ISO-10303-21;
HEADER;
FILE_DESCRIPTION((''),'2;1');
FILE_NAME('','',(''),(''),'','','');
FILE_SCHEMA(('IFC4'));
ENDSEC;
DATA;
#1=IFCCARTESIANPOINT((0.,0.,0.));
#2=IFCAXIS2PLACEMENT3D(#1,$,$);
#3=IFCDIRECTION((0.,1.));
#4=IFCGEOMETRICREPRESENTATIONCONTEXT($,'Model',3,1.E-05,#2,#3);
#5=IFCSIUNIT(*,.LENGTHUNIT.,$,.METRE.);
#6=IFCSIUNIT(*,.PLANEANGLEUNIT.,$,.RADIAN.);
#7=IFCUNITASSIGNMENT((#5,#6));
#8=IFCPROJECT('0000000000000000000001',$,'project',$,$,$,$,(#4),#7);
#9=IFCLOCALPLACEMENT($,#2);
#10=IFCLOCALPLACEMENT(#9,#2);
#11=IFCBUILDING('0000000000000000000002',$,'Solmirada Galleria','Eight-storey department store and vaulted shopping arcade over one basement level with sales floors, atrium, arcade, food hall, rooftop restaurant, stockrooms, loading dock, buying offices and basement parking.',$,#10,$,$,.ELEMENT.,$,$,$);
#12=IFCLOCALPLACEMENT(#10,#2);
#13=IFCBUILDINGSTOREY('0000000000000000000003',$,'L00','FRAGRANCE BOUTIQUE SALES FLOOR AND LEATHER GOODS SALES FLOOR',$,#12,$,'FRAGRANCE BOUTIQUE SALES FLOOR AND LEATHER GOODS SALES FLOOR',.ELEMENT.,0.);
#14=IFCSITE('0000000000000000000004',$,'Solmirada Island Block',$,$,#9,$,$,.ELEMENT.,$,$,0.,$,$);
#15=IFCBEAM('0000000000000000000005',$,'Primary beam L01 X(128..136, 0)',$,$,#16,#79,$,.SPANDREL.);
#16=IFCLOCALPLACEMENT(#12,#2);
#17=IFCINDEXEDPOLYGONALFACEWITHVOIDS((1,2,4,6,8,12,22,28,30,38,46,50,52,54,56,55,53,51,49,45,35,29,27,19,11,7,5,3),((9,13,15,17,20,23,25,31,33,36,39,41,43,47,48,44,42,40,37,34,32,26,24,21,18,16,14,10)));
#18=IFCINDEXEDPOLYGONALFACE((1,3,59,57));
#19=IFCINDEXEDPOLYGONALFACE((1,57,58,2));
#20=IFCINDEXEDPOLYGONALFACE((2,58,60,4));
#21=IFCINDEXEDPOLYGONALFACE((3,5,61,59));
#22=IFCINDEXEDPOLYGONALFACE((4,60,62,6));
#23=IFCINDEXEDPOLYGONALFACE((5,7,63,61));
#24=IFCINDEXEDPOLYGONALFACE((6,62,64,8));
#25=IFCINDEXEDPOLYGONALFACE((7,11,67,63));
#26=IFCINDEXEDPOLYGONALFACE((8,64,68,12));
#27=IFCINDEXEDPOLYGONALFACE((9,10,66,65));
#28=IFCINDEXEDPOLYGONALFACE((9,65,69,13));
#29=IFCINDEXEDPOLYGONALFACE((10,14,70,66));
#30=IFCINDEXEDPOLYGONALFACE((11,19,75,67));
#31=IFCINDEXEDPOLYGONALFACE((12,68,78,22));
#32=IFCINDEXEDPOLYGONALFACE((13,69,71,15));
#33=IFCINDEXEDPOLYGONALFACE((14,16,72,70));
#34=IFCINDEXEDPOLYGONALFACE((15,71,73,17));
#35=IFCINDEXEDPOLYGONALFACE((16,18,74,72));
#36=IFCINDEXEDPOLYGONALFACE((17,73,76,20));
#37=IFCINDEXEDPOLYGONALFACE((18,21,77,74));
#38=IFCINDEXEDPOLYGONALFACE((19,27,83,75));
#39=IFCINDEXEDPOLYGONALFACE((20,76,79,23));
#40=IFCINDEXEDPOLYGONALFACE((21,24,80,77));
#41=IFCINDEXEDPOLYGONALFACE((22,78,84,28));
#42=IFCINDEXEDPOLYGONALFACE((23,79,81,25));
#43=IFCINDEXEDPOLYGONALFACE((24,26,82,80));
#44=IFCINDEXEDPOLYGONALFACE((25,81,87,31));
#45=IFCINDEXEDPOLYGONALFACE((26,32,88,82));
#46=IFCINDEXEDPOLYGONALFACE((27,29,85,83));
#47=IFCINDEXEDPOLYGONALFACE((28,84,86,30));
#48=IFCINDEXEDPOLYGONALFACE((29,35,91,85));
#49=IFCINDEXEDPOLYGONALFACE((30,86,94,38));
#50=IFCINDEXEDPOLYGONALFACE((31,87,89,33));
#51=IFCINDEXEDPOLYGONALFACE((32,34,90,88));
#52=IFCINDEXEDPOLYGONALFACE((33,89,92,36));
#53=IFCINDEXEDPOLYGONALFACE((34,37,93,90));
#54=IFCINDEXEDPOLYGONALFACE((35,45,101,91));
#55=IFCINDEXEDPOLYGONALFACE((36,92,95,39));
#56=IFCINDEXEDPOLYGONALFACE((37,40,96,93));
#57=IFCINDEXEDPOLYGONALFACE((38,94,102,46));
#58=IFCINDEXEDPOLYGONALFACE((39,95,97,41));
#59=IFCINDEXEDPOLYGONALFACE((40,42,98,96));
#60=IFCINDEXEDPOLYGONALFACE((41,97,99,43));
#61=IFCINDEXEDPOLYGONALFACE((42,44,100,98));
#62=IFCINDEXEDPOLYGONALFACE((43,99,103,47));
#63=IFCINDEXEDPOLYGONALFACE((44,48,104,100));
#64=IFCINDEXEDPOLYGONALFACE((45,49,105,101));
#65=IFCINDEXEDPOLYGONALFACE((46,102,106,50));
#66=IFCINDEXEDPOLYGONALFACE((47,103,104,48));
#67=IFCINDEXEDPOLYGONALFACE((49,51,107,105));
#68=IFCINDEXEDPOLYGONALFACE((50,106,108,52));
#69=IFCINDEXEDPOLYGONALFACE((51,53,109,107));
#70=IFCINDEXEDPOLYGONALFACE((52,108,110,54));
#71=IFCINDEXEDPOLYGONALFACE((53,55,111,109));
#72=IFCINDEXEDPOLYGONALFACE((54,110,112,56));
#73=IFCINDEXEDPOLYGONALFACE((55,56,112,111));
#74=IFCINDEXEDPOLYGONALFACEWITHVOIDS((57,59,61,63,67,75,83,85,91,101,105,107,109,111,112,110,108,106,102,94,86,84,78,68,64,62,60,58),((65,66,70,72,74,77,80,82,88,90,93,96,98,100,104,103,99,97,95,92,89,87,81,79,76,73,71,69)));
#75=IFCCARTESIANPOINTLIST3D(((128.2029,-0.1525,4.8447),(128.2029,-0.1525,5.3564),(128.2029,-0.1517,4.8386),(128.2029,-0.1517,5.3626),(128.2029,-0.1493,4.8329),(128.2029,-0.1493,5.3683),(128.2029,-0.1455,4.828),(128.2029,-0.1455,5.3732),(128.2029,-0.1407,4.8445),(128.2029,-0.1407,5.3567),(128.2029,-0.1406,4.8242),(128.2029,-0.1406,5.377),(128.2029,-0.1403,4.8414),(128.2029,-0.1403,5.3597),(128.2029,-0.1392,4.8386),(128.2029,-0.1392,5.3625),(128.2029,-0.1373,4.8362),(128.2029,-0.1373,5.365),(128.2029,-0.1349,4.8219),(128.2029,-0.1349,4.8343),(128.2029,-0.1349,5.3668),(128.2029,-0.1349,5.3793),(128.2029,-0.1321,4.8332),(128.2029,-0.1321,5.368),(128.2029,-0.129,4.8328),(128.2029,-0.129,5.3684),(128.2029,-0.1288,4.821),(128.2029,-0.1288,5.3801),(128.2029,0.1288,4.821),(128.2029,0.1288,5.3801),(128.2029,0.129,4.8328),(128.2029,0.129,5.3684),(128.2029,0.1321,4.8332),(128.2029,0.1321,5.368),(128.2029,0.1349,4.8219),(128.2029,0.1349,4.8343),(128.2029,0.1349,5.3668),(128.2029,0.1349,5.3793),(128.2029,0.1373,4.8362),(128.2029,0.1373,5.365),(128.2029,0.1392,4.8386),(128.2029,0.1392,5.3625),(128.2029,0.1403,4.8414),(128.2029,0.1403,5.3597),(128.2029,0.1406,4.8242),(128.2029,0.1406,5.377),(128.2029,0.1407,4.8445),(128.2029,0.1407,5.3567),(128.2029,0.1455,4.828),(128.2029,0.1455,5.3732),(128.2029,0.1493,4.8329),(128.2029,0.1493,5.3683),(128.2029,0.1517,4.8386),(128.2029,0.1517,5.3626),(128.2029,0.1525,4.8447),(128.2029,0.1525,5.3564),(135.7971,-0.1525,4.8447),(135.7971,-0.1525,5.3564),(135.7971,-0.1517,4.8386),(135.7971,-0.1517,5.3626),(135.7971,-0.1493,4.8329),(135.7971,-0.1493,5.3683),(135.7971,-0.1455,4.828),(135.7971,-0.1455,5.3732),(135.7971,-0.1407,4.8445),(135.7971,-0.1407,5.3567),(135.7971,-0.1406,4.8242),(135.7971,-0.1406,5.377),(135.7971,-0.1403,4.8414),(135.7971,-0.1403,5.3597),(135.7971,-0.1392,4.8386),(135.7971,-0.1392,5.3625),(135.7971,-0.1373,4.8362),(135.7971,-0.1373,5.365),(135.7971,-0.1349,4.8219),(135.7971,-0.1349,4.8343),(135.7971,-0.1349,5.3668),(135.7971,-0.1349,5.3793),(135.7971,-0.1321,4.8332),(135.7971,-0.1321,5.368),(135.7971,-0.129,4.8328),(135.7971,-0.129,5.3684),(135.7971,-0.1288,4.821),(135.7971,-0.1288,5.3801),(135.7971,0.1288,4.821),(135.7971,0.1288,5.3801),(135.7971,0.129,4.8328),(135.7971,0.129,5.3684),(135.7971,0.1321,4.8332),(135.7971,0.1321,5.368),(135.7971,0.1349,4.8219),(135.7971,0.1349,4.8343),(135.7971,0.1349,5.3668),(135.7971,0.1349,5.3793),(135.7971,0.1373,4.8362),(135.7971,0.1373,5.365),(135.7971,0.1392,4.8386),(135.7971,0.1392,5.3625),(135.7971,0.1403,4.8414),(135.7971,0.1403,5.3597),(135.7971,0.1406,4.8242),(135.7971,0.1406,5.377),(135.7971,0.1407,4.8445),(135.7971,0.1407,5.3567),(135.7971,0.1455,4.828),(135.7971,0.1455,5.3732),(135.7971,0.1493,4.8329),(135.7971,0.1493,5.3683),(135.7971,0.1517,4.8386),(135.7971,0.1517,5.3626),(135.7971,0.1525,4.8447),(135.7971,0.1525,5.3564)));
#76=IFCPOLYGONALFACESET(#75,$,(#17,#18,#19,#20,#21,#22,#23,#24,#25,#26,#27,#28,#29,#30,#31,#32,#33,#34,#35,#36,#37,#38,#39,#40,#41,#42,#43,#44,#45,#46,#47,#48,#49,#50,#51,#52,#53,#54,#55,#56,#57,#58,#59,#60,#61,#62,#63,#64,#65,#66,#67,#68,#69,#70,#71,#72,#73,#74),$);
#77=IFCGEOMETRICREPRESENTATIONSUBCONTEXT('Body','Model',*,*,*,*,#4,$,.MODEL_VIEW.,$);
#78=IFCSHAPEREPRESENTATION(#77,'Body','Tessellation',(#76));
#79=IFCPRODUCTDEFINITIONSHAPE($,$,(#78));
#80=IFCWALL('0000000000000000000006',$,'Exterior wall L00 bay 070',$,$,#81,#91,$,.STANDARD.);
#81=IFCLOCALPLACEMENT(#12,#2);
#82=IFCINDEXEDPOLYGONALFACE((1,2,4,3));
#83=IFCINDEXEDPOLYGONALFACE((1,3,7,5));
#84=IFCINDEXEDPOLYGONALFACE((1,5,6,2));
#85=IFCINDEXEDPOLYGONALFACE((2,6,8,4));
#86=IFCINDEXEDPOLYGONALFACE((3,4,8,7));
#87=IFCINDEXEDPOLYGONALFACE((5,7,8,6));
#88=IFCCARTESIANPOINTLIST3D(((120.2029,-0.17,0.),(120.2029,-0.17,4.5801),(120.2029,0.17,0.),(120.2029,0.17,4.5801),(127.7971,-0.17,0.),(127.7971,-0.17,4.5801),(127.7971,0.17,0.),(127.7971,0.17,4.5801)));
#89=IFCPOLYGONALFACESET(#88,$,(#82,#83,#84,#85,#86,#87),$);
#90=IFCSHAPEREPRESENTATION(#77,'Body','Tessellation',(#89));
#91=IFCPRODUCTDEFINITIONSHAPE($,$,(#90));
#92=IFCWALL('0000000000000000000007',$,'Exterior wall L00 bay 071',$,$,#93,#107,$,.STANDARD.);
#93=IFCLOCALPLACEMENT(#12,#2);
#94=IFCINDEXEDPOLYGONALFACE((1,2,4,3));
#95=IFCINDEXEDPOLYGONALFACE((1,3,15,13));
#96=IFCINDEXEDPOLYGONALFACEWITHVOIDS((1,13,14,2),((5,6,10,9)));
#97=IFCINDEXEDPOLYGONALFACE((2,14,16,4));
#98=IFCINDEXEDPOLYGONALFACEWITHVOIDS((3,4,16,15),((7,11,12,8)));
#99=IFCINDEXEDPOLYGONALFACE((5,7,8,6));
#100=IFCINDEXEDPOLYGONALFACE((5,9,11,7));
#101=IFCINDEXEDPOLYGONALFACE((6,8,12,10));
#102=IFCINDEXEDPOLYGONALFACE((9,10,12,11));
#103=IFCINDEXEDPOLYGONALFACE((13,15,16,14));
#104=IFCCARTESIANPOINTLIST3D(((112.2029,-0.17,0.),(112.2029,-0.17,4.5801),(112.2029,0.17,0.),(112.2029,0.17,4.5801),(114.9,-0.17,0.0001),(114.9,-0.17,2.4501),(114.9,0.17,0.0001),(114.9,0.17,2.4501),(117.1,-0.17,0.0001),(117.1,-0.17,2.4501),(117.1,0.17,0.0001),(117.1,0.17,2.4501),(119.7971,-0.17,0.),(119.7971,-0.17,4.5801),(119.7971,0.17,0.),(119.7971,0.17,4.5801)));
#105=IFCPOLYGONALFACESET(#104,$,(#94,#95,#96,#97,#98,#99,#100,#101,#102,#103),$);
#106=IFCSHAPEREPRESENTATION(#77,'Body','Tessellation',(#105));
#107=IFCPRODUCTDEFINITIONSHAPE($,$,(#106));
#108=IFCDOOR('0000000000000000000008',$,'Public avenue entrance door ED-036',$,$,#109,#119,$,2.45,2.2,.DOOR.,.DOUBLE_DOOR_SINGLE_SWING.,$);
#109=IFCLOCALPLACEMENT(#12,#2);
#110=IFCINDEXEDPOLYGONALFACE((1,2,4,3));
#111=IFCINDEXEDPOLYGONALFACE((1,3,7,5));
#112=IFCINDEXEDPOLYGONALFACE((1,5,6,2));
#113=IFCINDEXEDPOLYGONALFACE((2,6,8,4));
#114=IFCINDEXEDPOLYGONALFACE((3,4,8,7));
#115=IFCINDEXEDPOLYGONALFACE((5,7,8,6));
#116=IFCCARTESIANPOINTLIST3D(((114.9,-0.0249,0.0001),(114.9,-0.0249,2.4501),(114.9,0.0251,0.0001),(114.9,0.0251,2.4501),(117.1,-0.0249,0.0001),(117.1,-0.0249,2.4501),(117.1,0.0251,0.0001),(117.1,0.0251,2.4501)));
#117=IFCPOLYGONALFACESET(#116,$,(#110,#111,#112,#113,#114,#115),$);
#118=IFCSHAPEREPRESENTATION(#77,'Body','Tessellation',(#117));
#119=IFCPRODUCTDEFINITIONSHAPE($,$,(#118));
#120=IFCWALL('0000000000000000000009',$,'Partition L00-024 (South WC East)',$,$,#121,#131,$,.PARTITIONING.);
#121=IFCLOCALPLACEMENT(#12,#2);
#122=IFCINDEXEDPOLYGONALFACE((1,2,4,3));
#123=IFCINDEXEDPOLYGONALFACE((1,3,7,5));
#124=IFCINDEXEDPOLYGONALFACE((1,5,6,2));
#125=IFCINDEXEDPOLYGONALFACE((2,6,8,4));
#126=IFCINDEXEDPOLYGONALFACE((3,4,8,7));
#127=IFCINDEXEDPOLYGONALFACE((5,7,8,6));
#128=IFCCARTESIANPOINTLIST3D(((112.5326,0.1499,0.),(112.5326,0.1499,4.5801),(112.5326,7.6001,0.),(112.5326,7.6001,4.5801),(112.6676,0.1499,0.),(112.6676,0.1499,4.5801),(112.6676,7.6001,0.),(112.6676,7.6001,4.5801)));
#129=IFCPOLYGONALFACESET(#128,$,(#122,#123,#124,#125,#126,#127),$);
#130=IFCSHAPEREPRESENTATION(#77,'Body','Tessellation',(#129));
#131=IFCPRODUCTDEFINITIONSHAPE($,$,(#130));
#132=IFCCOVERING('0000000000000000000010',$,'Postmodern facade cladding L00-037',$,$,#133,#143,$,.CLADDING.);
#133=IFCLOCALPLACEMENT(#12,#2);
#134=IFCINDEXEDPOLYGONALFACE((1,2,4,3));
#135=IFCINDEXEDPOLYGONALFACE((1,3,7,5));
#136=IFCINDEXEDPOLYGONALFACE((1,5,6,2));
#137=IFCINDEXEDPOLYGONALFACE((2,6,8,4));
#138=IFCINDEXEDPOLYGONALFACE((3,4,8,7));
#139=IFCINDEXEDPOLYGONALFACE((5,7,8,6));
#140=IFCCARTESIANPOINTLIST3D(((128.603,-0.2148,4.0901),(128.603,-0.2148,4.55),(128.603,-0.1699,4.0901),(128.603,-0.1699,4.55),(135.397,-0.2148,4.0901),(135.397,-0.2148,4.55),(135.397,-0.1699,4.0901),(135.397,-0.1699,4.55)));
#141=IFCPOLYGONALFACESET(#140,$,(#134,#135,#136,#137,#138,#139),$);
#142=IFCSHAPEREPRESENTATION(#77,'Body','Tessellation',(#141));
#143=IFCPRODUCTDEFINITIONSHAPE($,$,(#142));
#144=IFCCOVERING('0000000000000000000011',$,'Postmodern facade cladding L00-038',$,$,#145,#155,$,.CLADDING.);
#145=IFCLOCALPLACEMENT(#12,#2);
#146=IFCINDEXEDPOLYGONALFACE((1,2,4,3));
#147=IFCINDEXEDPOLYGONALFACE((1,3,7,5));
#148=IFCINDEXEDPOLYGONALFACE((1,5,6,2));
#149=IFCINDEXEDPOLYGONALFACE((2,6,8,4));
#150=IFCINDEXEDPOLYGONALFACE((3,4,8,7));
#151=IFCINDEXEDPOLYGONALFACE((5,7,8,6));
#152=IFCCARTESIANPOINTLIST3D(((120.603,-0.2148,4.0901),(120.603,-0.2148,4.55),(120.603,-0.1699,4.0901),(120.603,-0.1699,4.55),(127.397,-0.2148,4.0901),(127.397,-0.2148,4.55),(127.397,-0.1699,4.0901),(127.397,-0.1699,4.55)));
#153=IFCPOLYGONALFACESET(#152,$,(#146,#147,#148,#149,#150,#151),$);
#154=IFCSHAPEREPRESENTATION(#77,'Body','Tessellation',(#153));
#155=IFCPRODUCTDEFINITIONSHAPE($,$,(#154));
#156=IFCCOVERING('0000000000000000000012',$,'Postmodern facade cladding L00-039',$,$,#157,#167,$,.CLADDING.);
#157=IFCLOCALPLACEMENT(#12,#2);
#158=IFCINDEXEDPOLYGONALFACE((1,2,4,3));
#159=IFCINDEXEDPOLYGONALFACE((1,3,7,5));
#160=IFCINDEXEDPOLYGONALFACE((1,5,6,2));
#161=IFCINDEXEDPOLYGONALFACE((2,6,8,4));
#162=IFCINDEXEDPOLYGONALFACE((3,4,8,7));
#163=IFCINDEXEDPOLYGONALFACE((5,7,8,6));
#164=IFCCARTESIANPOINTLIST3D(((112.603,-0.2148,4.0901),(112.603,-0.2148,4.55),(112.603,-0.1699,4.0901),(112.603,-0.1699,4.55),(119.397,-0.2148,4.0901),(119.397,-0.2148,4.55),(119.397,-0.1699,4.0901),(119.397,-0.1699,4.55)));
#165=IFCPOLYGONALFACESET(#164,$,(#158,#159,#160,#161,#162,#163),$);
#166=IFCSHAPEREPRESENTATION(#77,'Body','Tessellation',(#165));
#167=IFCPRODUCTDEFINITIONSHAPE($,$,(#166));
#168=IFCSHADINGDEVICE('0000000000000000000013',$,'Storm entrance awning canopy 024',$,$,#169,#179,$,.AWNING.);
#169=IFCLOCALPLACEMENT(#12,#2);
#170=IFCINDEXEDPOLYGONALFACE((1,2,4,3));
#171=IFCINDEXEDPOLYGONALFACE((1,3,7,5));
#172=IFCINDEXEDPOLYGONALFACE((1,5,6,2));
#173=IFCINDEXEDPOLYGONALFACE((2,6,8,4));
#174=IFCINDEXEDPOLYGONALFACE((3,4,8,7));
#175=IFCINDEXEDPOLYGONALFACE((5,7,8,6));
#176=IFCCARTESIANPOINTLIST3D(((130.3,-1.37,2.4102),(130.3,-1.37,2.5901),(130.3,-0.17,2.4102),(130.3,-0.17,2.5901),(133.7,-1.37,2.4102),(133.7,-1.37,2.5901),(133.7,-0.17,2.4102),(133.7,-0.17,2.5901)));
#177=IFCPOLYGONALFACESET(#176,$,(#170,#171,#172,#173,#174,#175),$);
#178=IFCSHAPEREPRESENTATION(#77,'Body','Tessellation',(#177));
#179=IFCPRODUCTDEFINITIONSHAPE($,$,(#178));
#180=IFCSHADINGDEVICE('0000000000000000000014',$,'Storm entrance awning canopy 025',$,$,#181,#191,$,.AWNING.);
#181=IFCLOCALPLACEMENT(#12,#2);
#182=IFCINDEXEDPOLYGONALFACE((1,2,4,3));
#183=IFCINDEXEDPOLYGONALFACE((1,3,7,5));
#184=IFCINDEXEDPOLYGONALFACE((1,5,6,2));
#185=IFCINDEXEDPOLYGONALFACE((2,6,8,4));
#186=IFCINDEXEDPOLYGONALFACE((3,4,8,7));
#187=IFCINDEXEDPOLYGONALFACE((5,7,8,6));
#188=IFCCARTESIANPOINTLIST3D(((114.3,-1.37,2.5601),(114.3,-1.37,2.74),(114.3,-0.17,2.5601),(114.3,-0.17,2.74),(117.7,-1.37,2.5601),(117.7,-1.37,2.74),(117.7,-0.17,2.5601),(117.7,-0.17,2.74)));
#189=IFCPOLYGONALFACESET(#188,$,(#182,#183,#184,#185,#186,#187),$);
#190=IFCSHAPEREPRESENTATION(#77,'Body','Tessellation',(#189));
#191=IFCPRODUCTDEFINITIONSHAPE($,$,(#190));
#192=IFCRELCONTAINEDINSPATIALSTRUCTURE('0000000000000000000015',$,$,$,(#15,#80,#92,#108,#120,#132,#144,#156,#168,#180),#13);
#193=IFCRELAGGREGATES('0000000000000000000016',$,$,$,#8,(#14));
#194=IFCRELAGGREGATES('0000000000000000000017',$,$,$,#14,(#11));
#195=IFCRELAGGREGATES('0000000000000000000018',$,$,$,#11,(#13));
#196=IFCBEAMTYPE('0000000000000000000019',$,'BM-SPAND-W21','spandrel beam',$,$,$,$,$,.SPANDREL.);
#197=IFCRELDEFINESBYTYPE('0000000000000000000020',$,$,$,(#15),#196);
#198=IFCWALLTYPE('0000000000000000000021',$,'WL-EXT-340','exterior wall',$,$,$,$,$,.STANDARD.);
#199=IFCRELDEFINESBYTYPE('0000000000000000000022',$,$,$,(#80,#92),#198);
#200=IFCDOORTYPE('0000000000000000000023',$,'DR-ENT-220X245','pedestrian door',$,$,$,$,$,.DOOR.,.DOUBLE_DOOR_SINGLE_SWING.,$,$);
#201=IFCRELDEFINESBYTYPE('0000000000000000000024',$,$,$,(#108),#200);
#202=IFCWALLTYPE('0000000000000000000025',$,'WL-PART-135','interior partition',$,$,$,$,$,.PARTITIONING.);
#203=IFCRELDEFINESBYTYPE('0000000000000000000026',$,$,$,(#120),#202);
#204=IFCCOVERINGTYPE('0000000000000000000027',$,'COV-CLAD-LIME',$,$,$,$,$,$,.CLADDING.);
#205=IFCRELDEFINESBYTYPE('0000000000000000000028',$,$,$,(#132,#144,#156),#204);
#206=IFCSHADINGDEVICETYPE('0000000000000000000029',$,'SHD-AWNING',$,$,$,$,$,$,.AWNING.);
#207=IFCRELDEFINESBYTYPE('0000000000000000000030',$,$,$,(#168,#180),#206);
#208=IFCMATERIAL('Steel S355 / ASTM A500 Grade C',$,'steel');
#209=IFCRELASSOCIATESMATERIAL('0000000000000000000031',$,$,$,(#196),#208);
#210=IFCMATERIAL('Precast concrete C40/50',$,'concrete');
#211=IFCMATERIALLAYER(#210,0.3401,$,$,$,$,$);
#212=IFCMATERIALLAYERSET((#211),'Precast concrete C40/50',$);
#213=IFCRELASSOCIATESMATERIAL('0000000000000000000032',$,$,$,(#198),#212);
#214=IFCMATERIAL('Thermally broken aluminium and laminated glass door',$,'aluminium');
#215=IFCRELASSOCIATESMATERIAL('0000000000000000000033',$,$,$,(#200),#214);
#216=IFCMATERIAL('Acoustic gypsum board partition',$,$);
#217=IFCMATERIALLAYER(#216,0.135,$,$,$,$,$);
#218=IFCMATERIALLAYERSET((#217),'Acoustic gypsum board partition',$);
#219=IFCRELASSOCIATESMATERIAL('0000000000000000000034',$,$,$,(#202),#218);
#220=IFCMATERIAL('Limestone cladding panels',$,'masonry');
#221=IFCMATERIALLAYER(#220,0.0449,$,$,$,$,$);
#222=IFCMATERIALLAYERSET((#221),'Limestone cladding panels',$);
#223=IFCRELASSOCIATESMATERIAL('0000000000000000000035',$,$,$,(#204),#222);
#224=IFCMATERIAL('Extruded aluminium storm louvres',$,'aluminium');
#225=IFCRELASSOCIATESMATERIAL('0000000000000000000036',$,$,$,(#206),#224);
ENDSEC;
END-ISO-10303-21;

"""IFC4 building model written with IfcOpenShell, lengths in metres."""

from ifc_helpers import new_model, si_unit, direction, frame, frame_2d, origin, origin_2d, place, context, subcontext, project, spatial, rectangle, hollow_rectangle, extrude, material, layer, layer_set, material_profile, profile_set, type_object, element, fill, save


model = new_model("IFC4")

# Units and contexts
model_context = context("Model", 3, precision=1e-05, world=origin(), true_north=direction((0.0, 1.0)))
body_context = subcontext(model_context, "Body", "Model", "MODEL_VIEW")
ifc_project = project(units=[si_unit("LENGTHUNIT", "METRE"), si_unit("PLANEANGLEUNIT", "RADIAN")], contexts=[model_context])

# Site, building, storey
site_placement = place(None, origin())
site = spatial("IfcSite", under=ifc_project, at=site_placement, Name="Solmirada Island Block", CompositionType="ELEMENT", RefElevation=0.0)
building_placement = place(site_placement, origin())
building = spatial("IfcBuilding", under=site, at=building_placement, Name="Solmirada Galleria", Description="Eight-storey department store and vaulted shopping arcade over one basement level with sales floors, atrium, arcade, food hall, rooftop restaurant, stockrooms, loading dock, buying offices and basement parking.", CompositionType="ELEMENT")
storey_placement = place(building_placement, origin())
storey = spatial("IfcBuildingStorey", under=building, at=storey_placement, Name="L00", Description="FRAGRANCE BOUTIQUE SALES FLOOR AND LEATHER GOODS SALES FLOOR", LongName="FRAGRANCE BOUTIQUE SALES FLOOR AND LEATHER GOODS SALES FLOOR", CompositionType="ELEMENT", Elevation=0.0)

# Shared definitions
ifc_material_1 = material(Name="Steel S355 / ASTM A500 Grade C", Category="steel")
ifc_material_2 = material(Name="Precast concrete C40/50", Category="concrete")

# Beam
ifc_material_profile_1 = material_profile(ifc_material_1, hollow_rectangle(XDim=0.3049, YDim=0.5591, WallThickness=0.0117, InnerFilletRadius=0.0117, OuterFilletRadius=0.0237, at=origin_2d()), Name="HSS22X12X1/2")
ifc_profile_set_1 = profile_set([ifc_material_profile_1], Name="Steel S355 / ASTM A500 Grade C")
beam_type_1 = type_object("IfcBeamType", Name="BM-SPAND-W21", Description="spandrel beam", PredefinedType="SPANDREL", material=ifc_profile_set_1)
for number, where, z_axis, x_axis, name in (
    (1, (128.2029, 0.0, 5.1006), (1.0, 0.0, 0.0), (0.0, 1.0, 0.0), "Primary beam L01 X(128..136, 0)"),
):
    element("IfcBeam", number, at=place(storey_placement, frame(where, z_axis=z_axis, x_axis=x_axis)), inside=storey, type_object=beam_type_1, Name=name, PredefinedType="SPANDREL", context=body_context, shape_type="SweptSolid", body=[
        extrude(hollow_rectangle(XDim=0.3049, YDim=0.5591, WallThickness=0.0117, InnerFilletRadius=0.0117, OuterFilletRadius=0.0237, at=origin_2d()), origin(), (0.0, 0.0, 1.0), 7.5942),
    ])

# Wall
ifc_layer_1 = layer(ifc_material_2, 0.3401)
ifc_layer_set_1 = layer_set([ifc_layer_1], Name="Precast concrete C40/50")
wall_type_1 = type_object("IfcWallType", Name="WL-EXT-340", Description="exterior wall", PredefinedType="STANDARD", material=ifc_layer_set_1)
wall_1_placement = place(storey_placement, frame((127.7971, 0.0, 0.0), z_axis=(0.0, 0.0, 1.0), x_axis=(-1.0, 0.0, 0.0)))
element("IfcWall", 2, at=wall_1_placement, inside=storey, type_object=wall_type_1, Name="Exterior wall L00 bay 070", PredefinedType="STANDARD", context=body_context, shape_type="SweptSolid", body=[
    extrude(rectangle(XDim=7.5942, YDim=0.3401, at=frame_2d((3.7971, 0.0))), origin(), (0.0, 0.0, 1.0), 4.5801),
])

# Wall, opening, door
wall_2_placement = place(storey_placement, frame((119.7971, 0.0, 0.0), z_axis=(0.0, 0.0, 1.0), x_axis=(-1.0, 0.0, 0.0)))
wall_2 = element("IfcWall", 3, at=wall_2_placement, inside=storey, type_object=wall_type_1, Name="Exterior wall L00 bay 071", PredefinedType="STANDARD", context=body_context, shape_type="SweptSolid", body=[
    extrude(rectangle(XDim=7.5942, YDim=0.3401, at=frame_2d((3.7971, 0.0))), origin(), (0.0, 0.0, 1.0), 4.5801),
])
opening_placement = place(wall_2_placement, frame((2.697, 0.0, 0.0)))
opening = element("IfcOpeningElement", 4, at=opening_placement, cuts=wall_2, PredefinedType="OPENING", context=body_context, shape_type="SweptSolid", body=[
    extrude(rectangle(XDim=2.2, YDim=2.45, at=frame_2d((1.1001, 1.2251))), frame((0.0, 0.1799, 0.0), z_axis=(0.0, -1.0, 0.0), x_axis=(1.0, 0.0, 0.0)), (0.0, 0.0, 1.0), 0.3601),
])
ifc_material_3 = material(Name="Thermally broken aluminium and laminated glass door", Category="aluminium")
door_type = type_object("IfcDoorType", Name="DR-ENT-220X245", Description="pedestrian door", OperationType="DOUBLE_DOOR_SINGLE_SWING", PredefinedType="DOOR", material=ifc_material_3)
door_placement = place(opening_placement, origin())
door = element("IfcDoor", 5, at=door_placement, inside=storey, type_object=door_type, Name="Public avenue entrance door ED-036", OperationType="DOUBLE_DOOR_SINGLE_SWING", OverallHeight=2.45, OverallWidth=2.2, PredefinedType="DOOR", context=body_context, shape_type="SweptSolid", body=[
    extrude(rectangle(XDim=2.2, YDim=2.45, at=frame_2d((1.1001, 1.2251))), frame((0.0, 0.0249, 0.0), z_axis=(0.0, -1.0, 0.0), x_axis=(1.0, 0.0, 0.0)), (0.0, 0.0, 1.0), 0.05),
])
fill(opening, door)

# Wall
ifc_material_4 = material(Name="Acoustic gypsum board partition")
ifc_layer_2 = layer(ifc_material_4, 0.135)
ifc_layer_set_2 = layer_set([ifc_layer_2], Name="Acoustic gypsum board partition")
wall_type_2 = type_object("IfcWallType", Name="WL-PART-135", Description="interior partition", PredefinedType="PARTITIONING", material=ifc_layer_set_2)
wall_3_placement = place(storey_placement, frame((112.6001, 0.1499, 0.0), z_axis=(0.0, 0.0, 1.0), x_axis=(0.0, 1.0, 0.0)))
element("IfcWall", 6, at=wall_3_placement, inside=storey, type_object=wall_type_2, Name="Partition L00-024 (South WC East)", PredefinedType="PARTITIONING", context=body_context, shape_type="SweptSolid", body=[
    extrude(rectangle(XDim=7.4502, YDim=0.135, at=frame_2d((3.7251, 0.0))), origin(), (0.0, 0.0, 1.0), 4.5801),
])

# Coverings
ifc_material_5 = material(Name="Limestone cladding panels", Category="masonry")
ifc_layer_3 = layer(ifc_material_5, 0.0449)
ifc_layer_set_3 = layer_set([ifc_layer_3], Name="Limestone cladding panels")
covering_type = type_object("IfcCoveringType", Name="COV-CLAD-LIME", PredefinedType="CLADDING", material=ifc_layer_set_3)
for number, where, z_axis, x_axis, name in (
    (7, (132.0, -0.1924, 4.0901), (0.0, 0.0, 1.0), (-1.0, 0.0, 0.0), "Postmodern facade cladding L00-037"),
    (8, (124.0, -0.1924, 4.0901), (0.0, 0.0, 1.0), (-1.0, 0.0, 0.0), "Postmodern facade cladding L00-038"),
    (9, (116.0, -0.1924, 4.0901), (0.0, 0.0, 1.0), (-1.0, 0.0, 0.0), "Postmodern facade cladding L00-039"),
):
    element("IfcCovering", number, at=place(storey_placement, frame(where, z_axis=z_axis, x_axis=x_axis)), inside=storey, type_object=covering_type, Name=name, PredefinedType="CLADDING", context=body_context, shape_type="SweptSolid", body=[
        extrude(rectangle(XDim=6.7939, YDim=0.0449, at=origin_2d()), origin(), (0.0, 0.0, 1.0), 0.46),
    ])

# Shading devices
ifc_material_6 = material(Name="Extruded aluminium storm louvres", Category="aluminium")
shading_device_type = type_object("IfcShadingDeviceType", Name="SHD-AWNING", PredefinedType="AWNING", material=ifc_material_6)
for number, where, z_axis, x_axis, name in (
    (10, (132.0, -0.77, 2.4102), (0.0, 0.0, 1.0), (-1.0, 0.0, 0.0), "Storm entrance awning canopy 024"),
    (11, (116.0, -0.77, 2.5601), (0.0, 0.0, 1.0), (-1.0, 0.0, 0.0), "Storm entrance awning canopy 025"),
):
    element("IfcShadingDevice", number, at=place(storey_placement, frame(where, z_axis=z_axis, x_axis=x_axis)), inside=storey, type_object=shading_device_type, Name=name, PredefinedType="AWNING", context=body_context, shape_type="SweptSolid", body=[
        extrude(rectangle(XDim=3.3999, YDim=1.2, at=origin_2d()), origin(), (0.0, 0.0, 1.0), 0.1799),
    ])

save(model, "model.ifc")
